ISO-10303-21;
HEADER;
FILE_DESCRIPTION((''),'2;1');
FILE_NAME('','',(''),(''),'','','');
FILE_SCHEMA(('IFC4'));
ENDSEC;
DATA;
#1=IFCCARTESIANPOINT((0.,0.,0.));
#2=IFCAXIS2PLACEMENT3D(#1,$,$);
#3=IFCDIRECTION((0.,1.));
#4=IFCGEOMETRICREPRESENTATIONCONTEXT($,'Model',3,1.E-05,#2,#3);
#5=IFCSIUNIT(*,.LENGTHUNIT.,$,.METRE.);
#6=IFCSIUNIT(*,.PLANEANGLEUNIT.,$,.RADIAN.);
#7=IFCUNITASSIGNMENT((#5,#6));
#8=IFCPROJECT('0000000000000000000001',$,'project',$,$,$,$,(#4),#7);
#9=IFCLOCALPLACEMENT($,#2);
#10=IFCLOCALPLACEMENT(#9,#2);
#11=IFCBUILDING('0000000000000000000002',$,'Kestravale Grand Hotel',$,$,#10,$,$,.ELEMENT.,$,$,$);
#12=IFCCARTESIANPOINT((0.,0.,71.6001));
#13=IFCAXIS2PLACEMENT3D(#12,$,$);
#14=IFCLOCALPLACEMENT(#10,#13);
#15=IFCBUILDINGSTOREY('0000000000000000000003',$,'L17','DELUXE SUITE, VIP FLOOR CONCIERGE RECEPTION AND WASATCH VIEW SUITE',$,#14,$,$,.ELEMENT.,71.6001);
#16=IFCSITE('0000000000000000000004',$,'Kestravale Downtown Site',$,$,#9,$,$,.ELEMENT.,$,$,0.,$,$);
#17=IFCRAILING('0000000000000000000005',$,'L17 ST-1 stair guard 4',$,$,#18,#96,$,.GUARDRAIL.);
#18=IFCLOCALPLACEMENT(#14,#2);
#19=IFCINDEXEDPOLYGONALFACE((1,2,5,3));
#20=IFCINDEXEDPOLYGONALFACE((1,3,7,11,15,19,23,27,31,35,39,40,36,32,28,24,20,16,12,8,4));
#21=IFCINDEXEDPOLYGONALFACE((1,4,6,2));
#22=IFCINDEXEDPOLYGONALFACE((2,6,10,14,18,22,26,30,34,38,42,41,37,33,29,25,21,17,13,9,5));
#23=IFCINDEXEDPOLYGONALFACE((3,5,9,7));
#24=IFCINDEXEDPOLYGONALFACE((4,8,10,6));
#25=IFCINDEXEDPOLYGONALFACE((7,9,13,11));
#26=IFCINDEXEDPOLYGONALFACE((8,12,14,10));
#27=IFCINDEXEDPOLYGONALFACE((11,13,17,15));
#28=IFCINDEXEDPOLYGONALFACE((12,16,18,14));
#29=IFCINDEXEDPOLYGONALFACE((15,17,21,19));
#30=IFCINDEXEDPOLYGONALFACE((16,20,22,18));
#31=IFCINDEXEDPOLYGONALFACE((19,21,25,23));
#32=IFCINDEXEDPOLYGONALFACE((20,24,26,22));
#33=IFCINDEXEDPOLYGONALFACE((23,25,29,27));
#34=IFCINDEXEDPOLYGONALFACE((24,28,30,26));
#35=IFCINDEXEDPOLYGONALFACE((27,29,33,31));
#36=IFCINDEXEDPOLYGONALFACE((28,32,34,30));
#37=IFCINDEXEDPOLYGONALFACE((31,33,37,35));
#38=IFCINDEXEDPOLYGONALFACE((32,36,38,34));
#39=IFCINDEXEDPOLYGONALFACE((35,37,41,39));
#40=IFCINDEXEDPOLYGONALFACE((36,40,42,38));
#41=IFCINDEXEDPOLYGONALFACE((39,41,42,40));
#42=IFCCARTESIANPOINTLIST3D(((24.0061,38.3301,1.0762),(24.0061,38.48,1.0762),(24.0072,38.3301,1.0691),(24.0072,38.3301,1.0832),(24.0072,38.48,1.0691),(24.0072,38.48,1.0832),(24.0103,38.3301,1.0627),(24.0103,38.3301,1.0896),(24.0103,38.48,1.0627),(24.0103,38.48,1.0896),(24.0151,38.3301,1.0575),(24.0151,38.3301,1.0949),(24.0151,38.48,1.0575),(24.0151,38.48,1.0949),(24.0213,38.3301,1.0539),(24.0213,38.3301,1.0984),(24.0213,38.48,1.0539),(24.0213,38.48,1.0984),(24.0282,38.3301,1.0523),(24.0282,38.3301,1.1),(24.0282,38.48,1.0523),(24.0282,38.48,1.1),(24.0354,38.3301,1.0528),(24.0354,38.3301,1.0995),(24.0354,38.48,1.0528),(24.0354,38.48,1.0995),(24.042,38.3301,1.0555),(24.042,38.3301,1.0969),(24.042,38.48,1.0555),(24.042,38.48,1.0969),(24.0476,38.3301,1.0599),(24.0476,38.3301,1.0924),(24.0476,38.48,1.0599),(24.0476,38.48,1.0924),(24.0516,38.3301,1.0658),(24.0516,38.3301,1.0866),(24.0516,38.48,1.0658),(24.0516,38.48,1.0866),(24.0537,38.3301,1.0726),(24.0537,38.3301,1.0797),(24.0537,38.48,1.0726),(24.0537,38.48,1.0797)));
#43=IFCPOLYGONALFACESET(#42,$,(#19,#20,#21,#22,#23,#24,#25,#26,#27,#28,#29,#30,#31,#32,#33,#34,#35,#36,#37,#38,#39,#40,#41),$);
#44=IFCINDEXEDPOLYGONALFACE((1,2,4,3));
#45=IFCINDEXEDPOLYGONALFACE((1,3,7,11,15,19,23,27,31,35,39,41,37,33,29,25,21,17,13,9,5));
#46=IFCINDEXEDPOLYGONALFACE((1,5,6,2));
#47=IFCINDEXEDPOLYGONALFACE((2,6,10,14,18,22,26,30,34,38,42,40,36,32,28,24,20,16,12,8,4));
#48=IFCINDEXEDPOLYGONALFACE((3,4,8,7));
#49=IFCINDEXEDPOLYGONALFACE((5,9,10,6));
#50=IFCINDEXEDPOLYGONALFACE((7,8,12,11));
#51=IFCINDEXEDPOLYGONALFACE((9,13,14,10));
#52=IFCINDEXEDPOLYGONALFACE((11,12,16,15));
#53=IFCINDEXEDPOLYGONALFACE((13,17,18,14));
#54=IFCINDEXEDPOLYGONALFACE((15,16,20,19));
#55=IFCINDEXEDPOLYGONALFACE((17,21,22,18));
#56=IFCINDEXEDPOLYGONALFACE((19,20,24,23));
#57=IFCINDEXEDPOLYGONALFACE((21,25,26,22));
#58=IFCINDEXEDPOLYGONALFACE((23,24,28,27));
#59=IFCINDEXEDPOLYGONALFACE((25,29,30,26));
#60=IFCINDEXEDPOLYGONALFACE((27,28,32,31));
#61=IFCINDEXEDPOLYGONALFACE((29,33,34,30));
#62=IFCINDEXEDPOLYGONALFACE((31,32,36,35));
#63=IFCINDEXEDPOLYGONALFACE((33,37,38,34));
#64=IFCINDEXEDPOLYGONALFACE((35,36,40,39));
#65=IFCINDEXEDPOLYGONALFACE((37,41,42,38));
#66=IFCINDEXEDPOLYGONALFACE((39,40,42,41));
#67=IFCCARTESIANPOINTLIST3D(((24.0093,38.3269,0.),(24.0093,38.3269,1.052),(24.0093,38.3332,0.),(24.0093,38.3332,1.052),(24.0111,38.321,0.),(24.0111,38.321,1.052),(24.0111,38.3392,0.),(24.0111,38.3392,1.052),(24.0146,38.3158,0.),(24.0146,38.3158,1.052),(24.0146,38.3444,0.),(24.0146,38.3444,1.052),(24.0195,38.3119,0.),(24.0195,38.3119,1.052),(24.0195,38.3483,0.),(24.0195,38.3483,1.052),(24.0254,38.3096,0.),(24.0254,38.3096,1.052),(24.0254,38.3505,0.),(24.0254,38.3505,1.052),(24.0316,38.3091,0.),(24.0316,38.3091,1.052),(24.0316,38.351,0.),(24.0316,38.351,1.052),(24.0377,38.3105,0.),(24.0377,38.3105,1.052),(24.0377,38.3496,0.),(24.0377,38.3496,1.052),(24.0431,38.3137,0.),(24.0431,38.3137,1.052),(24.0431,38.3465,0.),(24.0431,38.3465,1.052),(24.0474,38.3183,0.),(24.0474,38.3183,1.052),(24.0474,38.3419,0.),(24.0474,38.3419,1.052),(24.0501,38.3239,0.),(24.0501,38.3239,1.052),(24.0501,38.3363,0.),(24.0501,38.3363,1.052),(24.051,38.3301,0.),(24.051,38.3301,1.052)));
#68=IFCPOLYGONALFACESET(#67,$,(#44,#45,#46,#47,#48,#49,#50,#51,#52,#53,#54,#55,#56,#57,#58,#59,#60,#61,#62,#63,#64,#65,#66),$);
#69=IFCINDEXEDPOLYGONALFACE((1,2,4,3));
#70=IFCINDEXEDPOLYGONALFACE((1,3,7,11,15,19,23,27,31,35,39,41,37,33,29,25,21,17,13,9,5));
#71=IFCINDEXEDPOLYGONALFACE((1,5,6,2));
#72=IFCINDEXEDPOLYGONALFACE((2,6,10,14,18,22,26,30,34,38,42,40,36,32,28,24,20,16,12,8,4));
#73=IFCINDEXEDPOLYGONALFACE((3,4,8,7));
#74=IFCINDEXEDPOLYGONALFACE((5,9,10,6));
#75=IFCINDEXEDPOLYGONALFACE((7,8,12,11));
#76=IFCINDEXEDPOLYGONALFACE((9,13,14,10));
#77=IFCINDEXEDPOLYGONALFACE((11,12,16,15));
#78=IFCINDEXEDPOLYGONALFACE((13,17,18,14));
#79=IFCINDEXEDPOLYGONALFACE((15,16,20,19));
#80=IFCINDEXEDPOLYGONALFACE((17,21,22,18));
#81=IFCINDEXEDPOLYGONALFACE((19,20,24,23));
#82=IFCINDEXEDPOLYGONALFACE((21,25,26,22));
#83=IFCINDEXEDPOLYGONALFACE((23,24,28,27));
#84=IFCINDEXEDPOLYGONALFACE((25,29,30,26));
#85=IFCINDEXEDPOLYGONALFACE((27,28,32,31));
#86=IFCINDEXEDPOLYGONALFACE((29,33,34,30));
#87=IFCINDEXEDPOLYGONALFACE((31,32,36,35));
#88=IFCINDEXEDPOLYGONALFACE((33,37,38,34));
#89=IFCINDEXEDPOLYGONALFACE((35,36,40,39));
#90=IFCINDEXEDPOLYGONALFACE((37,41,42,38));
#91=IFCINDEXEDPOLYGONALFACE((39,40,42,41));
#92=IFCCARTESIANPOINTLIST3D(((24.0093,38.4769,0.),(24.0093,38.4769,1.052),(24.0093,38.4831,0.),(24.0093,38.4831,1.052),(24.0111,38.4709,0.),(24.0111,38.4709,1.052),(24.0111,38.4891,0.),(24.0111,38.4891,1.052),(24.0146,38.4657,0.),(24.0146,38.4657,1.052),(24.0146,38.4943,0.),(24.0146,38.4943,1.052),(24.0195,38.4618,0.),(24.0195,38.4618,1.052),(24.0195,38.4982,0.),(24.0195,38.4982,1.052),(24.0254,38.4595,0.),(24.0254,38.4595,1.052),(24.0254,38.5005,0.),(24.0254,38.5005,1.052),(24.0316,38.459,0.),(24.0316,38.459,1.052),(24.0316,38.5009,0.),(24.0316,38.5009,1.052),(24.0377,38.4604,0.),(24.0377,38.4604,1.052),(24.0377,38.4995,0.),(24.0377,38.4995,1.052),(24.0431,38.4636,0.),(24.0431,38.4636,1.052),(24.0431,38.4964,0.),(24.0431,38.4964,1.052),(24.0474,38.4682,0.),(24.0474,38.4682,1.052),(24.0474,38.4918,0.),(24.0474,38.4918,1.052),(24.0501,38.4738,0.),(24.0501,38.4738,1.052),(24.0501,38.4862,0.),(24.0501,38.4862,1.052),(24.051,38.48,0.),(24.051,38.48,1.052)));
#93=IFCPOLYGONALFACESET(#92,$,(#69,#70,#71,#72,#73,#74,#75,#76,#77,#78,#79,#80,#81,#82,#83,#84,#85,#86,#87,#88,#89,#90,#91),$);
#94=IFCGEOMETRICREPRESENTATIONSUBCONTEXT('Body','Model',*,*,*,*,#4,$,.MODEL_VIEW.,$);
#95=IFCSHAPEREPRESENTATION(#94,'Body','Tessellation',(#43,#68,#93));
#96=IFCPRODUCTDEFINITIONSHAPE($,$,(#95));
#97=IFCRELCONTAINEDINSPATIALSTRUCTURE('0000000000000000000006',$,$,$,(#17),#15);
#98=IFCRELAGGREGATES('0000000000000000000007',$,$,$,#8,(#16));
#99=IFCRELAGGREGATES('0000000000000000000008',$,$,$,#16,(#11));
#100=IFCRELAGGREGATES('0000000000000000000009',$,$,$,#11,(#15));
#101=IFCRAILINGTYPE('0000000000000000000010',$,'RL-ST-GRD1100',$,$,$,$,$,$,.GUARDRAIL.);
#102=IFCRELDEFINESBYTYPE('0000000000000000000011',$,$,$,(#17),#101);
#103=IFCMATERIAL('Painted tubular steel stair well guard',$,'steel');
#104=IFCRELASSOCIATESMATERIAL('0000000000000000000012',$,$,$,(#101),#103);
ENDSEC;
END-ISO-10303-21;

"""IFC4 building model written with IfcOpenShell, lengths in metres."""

from ifc_helpers import new_model, si_unit, direction, frame, origin, origin_2d, place, context, subcontext, project, spatial, circle, extrude, material, type_object, element, save


model = new_model("IFC4")

# Units and contexts
model_context = context("Model", 3, precision=1e-05, world=origin(), true_north=direction((0.0, 1.0)))
body_context = subcontext(model_context, "Body", "Model", "MODEL_VIEW")
ifc_project = project(units=[si_unit("LENGTHUNIT", "METRE"), si_unit("PLANEANGLEUNIT", "RADIAN")], contexts=[model_context])

# Site, building, storey
site_placement = place(None, origin())
site = spatial("IfcSite", under=ifc_project, at=site_placement, Name="Kestravale Downtown Site", CompositionType="ELEMENT", RefElevation=0.0)
building_placement = place(site_placement, origin())
building = spatial("IfcBuilding", under=site, at=building_placement, Name="Kestravale Grand Hotel", CompositionType="ELEMENT")
storey_placement = place(building_placement, frame((0.0, 0.0, 71.6001)))
storey = spatial("IfcBuildingStorey", under=building, at=storey_placement, Name="L17", Description="DELUXE SUITE, VIP FLOOR CONCIERGE RECEPTION AND WASATCH VIEW SUITE", CompositionType="ELEMENT", Elevation=71.6001)

# Railing
ifc_material_1 = material(Name="Painted tubular steel stair well guard", Category="steel")
railing_type_1 = type_object("IfcRailingType", Name="RL-ST-GRD1100", PredefinedType="GUARDRAIL", material=ifc_material_1)
railing_1_placement = place(storey_placement, frame((24.03, 38.3301, 0.0)))
element("IfcRailing", 1, at=railing_1_placement, inside=storey, type_object=railing_type_1, Name="L17 ST-1 stair guard 4", PredefinedType="GUARDRAIL", context=body_context, shape_type="SweptSolid", body=[
    extrude(circle(Radius=0.0239, at=origin_2d()), frame((0.0, 0.0, 1.0762), z_axis=(0.0, 1.0, 0.0), x_axis=(-1.0, 0.0, 0.0)), (0.0, 0.0, 1.0), 0.1499),
    extrude(circle(Radius=0.021, at=origin_2d()), origin(), (0.0, 0.0, 1.0), 1.052),
    extrude(circle(Radius=0.021, at=origin_2d()), frame((0.0, 0.1499, 0.0)), (0.0, 0.0, 1.0), 1.052),
])

save(model, "model.ifc")
